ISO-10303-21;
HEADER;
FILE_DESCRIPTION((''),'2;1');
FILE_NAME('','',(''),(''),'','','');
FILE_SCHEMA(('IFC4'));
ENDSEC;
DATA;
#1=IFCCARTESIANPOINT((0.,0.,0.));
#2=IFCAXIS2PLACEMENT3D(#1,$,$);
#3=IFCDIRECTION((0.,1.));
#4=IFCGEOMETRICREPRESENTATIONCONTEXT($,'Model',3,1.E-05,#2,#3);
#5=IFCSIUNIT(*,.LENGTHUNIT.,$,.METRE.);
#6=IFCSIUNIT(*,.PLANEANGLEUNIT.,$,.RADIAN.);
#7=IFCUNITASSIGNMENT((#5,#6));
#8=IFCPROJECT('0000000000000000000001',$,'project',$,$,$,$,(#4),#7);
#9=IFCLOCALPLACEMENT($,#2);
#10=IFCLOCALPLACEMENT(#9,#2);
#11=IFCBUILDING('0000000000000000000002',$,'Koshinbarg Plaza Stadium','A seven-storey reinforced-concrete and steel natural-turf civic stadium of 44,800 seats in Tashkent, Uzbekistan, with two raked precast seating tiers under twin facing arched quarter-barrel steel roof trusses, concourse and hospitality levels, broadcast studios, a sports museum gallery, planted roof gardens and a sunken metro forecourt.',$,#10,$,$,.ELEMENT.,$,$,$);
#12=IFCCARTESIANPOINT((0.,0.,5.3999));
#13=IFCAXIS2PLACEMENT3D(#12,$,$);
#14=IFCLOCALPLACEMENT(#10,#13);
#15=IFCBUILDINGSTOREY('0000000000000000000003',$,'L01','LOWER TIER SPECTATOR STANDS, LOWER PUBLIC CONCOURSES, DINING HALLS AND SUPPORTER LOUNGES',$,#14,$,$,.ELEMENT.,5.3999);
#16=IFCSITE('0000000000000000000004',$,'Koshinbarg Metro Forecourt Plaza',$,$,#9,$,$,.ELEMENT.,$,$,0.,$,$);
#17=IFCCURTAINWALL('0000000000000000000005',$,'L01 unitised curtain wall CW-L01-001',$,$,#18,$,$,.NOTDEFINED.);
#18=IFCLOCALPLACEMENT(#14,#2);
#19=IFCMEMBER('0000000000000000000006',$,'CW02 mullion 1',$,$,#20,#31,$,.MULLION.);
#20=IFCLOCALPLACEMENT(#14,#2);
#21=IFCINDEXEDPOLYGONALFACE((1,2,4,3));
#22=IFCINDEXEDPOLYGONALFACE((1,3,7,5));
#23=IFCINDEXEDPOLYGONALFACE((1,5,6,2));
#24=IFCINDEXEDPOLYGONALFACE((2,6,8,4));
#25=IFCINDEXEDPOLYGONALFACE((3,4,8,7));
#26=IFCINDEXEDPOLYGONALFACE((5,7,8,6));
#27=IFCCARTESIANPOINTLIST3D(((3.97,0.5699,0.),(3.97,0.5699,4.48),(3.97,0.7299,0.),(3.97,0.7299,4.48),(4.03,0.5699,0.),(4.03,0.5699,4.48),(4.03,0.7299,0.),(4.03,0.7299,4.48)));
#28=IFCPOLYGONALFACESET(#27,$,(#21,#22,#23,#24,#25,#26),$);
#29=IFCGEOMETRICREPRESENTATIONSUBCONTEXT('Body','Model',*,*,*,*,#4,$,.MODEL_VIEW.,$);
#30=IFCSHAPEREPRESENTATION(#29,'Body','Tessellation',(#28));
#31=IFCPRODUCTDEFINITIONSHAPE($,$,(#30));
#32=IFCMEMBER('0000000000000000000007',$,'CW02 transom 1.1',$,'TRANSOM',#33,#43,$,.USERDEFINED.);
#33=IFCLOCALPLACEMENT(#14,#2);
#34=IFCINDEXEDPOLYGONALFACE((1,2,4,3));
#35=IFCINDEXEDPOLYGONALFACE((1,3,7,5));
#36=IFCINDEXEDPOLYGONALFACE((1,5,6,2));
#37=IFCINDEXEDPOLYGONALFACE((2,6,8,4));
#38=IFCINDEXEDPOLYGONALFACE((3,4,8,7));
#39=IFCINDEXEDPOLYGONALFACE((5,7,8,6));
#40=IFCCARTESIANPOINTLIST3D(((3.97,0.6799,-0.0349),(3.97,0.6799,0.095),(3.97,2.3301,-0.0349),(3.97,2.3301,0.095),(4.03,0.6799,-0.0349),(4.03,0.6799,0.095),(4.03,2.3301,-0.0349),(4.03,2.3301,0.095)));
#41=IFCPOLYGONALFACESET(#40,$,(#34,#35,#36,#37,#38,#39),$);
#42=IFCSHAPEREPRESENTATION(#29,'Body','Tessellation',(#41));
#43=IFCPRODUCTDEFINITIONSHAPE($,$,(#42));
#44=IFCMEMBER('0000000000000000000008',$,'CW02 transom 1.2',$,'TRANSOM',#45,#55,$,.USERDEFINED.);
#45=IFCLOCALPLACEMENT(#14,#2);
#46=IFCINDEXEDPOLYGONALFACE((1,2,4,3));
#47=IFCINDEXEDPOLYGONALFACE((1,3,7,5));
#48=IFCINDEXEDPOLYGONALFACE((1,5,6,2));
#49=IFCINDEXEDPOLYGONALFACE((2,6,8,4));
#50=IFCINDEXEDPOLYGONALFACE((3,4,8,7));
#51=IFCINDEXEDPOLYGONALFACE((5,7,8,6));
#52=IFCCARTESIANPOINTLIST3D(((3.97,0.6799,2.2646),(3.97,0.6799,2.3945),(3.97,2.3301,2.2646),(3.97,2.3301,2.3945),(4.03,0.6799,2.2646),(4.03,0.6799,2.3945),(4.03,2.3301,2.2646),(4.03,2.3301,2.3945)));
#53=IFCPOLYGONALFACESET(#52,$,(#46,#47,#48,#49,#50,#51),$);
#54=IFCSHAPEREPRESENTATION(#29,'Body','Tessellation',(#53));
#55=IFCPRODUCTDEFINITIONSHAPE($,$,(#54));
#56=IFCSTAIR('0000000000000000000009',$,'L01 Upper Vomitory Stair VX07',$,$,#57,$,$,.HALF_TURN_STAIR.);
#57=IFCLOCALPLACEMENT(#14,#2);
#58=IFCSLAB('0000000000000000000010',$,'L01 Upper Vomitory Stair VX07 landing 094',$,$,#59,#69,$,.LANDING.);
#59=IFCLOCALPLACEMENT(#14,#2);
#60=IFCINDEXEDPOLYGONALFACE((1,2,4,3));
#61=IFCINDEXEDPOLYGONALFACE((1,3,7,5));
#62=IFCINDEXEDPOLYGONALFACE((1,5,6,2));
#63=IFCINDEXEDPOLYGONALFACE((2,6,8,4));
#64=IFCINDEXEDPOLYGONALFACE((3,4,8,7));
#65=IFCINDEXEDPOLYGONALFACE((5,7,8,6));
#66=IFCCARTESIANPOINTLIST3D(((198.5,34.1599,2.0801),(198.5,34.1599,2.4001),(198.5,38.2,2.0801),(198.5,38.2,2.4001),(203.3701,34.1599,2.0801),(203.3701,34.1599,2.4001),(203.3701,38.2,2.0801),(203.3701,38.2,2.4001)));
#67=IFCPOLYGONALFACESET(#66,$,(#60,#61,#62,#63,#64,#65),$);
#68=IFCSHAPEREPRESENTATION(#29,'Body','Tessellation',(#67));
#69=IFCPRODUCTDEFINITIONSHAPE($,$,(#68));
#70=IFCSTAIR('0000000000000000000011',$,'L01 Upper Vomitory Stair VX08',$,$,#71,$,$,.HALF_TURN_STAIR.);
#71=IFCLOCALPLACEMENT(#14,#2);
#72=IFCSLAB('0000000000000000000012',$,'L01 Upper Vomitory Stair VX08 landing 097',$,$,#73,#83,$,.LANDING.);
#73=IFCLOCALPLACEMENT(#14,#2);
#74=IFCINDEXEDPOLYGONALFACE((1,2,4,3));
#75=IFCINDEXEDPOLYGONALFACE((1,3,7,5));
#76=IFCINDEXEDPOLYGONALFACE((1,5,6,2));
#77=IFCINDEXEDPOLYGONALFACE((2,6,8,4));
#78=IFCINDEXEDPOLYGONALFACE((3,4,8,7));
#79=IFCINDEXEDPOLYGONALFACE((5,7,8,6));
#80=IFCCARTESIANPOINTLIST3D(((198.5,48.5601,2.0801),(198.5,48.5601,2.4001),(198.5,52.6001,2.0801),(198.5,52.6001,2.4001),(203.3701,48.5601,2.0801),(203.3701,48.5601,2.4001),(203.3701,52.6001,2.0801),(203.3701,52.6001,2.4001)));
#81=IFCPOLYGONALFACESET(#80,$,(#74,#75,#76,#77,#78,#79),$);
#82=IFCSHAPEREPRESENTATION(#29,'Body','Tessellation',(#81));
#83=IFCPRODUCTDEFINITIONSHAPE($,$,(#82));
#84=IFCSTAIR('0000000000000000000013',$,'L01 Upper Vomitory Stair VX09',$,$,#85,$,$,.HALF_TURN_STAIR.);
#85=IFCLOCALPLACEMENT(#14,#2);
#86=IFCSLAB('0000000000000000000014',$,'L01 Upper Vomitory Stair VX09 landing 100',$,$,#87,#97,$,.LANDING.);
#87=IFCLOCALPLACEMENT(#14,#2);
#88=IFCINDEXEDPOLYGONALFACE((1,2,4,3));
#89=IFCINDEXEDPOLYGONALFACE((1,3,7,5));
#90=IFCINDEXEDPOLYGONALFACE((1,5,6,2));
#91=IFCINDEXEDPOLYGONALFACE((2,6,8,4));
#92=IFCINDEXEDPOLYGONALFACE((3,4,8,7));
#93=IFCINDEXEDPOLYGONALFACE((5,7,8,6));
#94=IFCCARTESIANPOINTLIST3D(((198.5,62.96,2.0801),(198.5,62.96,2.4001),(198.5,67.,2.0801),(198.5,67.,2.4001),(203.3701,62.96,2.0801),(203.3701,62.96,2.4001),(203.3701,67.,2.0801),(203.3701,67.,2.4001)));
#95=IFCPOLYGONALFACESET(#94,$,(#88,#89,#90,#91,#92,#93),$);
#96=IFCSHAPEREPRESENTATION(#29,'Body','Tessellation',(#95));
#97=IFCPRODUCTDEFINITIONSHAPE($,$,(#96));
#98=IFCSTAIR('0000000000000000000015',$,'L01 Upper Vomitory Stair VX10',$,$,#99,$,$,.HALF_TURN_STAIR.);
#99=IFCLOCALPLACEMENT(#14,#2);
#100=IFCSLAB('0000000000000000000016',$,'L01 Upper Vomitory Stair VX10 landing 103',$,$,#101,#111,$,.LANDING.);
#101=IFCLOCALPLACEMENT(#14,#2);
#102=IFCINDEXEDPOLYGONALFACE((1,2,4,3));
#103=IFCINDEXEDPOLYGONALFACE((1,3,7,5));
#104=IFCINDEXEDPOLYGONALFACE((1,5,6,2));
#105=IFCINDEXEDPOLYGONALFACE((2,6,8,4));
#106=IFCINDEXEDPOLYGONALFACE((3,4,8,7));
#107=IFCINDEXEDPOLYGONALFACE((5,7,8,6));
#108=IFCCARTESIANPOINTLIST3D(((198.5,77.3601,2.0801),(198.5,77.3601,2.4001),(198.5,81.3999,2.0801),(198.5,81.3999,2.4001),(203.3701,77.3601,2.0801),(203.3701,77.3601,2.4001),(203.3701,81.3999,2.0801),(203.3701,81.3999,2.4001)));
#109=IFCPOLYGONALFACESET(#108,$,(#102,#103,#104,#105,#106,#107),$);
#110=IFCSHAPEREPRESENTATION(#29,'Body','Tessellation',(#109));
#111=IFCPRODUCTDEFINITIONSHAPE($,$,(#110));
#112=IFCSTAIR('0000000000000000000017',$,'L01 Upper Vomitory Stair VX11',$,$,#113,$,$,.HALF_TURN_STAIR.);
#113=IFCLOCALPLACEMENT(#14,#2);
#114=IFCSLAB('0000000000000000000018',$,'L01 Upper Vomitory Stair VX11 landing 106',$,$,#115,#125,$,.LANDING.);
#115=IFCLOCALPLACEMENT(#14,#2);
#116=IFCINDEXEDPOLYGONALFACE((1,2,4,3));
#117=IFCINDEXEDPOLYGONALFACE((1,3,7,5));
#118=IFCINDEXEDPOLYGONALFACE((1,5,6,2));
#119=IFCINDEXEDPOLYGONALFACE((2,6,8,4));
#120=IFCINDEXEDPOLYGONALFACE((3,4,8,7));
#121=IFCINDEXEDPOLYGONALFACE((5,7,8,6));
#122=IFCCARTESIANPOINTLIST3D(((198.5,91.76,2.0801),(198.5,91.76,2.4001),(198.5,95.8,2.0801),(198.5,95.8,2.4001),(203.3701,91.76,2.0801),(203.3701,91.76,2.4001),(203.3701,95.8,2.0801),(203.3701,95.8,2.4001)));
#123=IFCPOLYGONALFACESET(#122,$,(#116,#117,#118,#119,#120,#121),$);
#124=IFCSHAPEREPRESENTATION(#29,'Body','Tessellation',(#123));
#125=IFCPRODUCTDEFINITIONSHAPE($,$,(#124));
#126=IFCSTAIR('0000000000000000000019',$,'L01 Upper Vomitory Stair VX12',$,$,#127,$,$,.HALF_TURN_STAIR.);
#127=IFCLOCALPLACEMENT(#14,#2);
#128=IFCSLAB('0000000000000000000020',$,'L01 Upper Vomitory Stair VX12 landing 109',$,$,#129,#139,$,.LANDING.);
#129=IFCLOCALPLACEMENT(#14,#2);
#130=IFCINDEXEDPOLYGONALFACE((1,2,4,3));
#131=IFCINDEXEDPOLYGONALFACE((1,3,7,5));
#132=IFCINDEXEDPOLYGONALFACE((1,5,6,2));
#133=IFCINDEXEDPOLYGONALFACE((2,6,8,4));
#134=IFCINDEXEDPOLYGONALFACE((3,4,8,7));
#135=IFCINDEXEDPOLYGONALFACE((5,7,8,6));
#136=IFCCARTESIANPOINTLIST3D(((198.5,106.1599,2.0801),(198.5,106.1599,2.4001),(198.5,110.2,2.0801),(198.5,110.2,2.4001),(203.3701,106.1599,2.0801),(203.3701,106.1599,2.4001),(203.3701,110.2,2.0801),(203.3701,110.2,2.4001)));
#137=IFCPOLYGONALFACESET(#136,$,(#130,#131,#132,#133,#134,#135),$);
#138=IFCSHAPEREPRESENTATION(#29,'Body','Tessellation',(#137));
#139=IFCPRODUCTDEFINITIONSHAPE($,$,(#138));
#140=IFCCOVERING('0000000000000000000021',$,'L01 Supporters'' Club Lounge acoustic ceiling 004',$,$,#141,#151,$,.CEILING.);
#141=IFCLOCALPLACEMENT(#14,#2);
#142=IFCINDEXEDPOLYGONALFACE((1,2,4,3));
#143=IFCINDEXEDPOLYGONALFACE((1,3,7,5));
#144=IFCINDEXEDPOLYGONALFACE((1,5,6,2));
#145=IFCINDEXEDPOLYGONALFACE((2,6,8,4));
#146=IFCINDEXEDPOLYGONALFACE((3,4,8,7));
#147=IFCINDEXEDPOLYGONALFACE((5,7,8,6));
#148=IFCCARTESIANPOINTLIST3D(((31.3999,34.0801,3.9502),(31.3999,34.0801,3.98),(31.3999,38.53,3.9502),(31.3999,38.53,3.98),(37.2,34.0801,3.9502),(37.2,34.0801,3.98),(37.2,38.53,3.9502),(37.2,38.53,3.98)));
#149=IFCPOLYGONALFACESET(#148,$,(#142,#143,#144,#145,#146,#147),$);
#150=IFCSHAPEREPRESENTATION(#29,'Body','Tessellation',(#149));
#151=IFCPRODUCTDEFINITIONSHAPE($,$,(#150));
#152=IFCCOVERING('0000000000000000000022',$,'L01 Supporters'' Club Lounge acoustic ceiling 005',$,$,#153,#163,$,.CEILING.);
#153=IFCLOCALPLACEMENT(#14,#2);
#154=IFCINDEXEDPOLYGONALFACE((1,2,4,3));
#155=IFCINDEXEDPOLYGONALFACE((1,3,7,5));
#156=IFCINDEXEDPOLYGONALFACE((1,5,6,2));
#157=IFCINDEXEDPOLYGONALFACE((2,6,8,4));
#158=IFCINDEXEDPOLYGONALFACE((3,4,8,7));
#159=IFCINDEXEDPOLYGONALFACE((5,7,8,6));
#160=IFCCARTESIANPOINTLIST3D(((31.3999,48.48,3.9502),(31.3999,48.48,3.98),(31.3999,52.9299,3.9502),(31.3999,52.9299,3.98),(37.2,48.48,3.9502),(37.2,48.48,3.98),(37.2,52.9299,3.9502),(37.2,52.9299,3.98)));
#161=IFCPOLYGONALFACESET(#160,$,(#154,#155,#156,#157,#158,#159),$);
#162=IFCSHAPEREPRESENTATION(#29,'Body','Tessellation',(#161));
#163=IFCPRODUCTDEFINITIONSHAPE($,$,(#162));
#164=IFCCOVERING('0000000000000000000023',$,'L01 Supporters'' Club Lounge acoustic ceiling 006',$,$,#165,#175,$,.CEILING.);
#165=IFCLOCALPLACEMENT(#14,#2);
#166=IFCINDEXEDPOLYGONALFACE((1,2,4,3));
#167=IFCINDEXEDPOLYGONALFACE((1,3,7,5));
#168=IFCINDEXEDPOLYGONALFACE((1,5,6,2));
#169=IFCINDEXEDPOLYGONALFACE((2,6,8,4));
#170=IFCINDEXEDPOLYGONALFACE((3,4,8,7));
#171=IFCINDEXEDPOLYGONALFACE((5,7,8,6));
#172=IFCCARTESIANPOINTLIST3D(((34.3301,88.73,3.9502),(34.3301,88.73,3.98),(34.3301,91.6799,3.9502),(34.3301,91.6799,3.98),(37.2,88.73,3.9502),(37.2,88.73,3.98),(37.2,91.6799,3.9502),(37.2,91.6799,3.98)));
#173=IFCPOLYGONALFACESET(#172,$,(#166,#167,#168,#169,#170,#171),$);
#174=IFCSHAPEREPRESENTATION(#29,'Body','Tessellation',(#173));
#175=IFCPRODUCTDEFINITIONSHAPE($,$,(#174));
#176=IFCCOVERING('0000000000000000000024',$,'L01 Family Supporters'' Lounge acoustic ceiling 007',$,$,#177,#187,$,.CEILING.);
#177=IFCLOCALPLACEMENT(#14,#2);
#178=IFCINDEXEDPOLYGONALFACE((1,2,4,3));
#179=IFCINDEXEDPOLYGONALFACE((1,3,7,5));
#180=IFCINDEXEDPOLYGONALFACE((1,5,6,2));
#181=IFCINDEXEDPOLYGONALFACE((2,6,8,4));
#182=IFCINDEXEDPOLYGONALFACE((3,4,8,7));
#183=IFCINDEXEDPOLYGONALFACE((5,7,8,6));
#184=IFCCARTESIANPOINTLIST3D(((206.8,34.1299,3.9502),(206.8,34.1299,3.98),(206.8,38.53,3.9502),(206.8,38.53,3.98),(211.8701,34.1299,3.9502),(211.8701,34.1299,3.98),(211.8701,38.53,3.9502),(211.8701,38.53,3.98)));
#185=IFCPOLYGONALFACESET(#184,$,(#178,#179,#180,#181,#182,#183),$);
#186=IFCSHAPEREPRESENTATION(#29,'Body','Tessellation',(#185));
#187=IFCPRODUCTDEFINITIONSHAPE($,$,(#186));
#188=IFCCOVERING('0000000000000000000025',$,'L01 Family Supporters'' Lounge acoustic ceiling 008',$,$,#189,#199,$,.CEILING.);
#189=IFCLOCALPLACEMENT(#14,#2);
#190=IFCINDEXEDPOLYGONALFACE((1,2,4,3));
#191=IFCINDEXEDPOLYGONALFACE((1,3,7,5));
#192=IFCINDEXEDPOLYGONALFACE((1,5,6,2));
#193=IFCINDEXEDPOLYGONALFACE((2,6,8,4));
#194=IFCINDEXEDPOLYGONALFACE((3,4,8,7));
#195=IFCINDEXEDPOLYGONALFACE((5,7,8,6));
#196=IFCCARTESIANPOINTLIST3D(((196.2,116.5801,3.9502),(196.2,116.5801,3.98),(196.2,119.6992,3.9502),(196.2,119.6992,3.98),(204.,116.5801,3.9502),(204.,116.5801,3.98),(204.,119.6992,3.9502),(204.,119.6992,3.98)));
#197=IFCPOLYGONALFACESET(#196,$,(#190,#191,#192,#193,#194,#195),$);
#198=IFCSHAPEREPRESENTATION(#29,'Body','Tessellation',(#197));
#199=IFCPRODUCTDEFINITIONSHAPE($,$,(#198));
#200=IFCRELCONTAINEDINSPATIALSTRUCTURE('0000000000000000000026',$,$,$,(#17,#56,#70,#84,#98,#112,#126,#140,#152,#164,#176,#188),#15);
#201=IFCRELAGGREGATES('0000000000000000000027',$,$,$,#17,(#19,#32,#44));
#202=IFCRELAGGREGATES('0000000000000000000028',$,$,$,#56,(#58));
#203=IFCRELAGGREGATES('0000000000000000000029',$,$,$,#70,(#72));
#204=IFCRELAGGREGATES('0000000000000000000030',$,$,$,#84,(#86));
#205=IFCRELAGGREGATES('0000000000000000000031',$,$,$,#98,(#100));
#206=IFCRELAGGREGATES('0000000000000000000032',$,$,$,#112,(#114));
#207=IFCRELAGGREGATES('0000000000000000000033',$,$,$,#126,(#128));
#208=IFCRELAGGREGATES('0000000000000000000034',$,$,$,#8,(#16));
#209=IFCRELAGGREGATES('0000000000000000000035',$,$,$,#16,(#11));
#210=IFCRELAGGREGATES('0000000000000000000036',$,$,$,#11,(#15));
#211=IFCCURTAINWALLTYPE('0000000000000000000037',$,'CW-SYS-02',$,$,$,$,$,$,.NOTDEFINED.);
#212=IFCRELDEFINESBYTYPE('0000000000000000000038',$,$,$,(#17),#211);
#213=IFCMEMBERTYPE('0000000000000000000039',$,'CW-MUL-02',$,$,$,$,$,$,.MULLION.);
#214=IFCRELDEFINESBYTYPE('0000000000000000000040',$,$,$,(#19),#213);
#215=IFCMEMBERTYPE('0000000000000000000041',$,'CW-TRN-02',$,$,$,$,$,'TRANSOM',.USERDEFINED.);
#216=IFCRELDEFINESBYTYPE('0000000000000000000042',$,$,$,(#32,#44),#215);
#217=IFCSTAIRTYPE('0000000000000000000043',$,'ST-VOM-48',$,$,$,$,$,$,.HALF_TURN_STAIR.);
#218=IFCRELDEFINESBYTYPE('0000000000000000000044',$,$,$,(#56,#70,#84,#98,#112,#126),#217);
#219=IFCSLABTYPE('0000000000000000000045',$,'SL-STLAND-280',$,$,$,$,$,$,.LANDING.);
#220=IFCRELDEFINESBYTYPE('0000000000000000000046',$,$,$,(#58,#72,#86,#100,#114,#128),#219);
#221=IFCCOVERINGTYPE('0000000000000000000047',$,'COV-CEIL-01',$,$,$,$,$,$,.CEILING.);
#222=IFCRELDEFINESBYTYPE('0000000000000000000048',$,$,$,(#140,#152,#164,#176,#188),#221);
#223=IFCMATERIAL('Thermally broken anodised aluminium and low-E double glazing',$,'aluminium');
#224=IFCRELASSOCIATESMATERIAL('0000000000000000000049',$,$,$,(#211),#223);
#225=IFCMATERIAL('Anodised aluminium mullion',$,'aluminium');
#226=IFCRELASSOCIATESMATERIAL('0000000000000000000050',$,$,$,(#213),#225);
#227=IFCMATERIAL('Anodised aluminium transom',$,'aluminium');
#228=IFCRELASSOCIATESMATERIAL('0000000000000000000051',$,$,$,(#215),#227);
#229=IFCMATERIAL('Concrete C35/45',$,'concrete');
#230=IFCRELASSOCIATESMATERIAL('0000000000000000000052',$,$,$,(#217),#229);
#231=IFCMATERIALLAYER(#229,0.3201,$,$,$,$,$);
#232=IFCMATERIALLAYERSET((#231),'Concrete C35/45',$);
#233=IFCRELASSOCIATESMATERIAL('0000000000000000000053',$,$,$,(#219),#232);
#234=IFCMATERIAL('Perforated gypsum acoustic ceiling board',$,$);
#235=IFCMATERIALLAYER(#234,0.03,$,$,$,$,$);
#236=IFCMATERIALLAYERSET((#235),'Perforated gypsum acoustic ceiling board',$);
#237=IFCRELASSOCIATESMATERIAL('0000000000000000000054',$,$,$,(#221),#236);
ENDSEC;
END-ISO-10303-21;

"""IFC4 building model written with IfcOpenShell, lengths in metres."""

from ifc_helpers import new_model, si_unit, direction, frame, origin, origin_2d, place, context, subcontext, project, spatial, polyline, rectangle, outline, extrude, material, layer, layer_set, material_profile, profile_set, type_object, element, aggregate, save


model = new_model("IFC4")

# Units and contexts
model_context = context("Model", 3, precision=1e-05, world=origin(), true_north=direction((0.0, 1.0)))
body_context = subcontext(model_context, "Body", "Model", "MODEL_VIEW")
ifc_project = project(units=[si_unit("LENGTHUNIT", "METRE"), si_unit("PLANEANGLEUNIT", "RADIAN")], contexts=[model_context])

# Site, building, storey
site_placement = place(None, origin())
site = spatial("IfcSite", under=ifc_project, at=site_placement, Name="Koshinbarg Metro Forecourt Plaza", CompositionType="ELEMENT", RefElevation=0.0)
building_placement = place(site_placement, origin())
building = spatial("IfcBuilding", under=site, at=building_placement, Name="Koshinbarg Plaza Stadium", Description="A seven-storey reinforced-concrete and steel natural-turf civic stadium of 44,800 seats in Tashkent, Uzbekistan, with two raked precast seating tiers under twin facing arched quarter-barrel steel roof trusses, concourse and hospitality levels, broadcast studios, a sports museum gallery, planted roof gardens and a sunken metro forecourt.", CompositionType="ELEMENT")
storey_placement = place(building_placement, frame((0.0, 0.0, 5.3999)))
storey = spatial("IfcBuildingStorey", under=building, at=storey_placement, Name="L01", Description="LOWER TIER SPECTATOR STANDS, LOWER PUBLIC CONCOURSES, DINING HALLS AND SUPPORTER LOUNGES", CompositionType="ELEMENT", Elevation=5.3999)

# Curtain wall, members
ifc_material_1 = material(Name="Thermally broken anodised aluminium and low-E double glazing", Category="aluminium")
curtain_wall_type = type_object("IfcCurtainWallType", Name="CW-SYS-02", PredefinedType="NOTDEFINED", material=ifc_material_1)
curtain_wall_placement = place(storey_placement, origin())
curtain_wall = element("IfcCurtainWall", 1, at=curtain_wall_placement, inside=storey, type_object=curtain_wall_type, Name="L01 unitised curtain wall CW-L01-001", PredefinedType="NOTDEFINED")
ifc_material_2 = material(Name="Anodised aluminium mullion", Category="aluminium")
ifc_material_profile_1 = material_profile(ifc_material_2, rectangle(XDim=0.0601, YDim=0.1599, at=origin_2d()), Name="ALU 60x160")
ifc_profile_set_1 = profile_set([ifc_material_profile_1], Name="Anodised aluminium mullion")
member_type_1 = type_object("IfcMemberType", Name="CW-MUL-02", PredefinedType="MULLION", material=ifc_profile_set_1)
member_1_placement = place(storey_placement, frame((4.0, 0.6499, 0.0), z_axis=(0.0, 0.0, 1.0), x_axis=(-1.0, 0.0, 0.0)))
member_1 = element("IfcMember", 2, at=member_1_placement, type_object=member_type_1, Name="CW02 mullion 1", PredefinedType="MULLION", context=body_context, shape_type="SweptSolid", body=[
    extrude(rectangle(XDim=0.0601, YDim=0.1599, at=origin_2d()), origin(), (0.0, 0.0, 1.0), 4.48),
])
ifc_material_3 = material(Name="Anodised aluminium transom", Category="aluminium")
ifc_material_profile_2 = material_profile(ifc_material_3, rectangle(XDim=0.0601, YDim=0.1299, at=origin_2d()), Name="ALU 60x130")
ifc_profile_set_2 = profile_set([ifc_material_profile_2], Name="Anodised aluminium transom")
member_type_2 = type_object("IfcMemberType", Name="CW-TRN-02", ElementType="TRANSOM", PredefinedType="USERDEFINED", material=ifc_profile_set_2)
member_2_placement = place(storey_placement, frame((4.0, 0.6799, 0.03), z_axis=(0.0, 1.0, 0.0), x_axis=(-1.0, 0.0, 0.0)))
member_2 = element("IfcMember", 3, at=member_2_placement, type_object=member_type_2, Name="CW02 transom 1.1", ObjectType="TRANSOM", PredefinedType="USERDEFINED", context=body_context, shape_type="SweptSolid", body=[
    extrude(rectangle(XDim=0.0601, YDim=0.1299, at=origin_2d()), origin(), (0.0, 0.0, 1.0), 1.6501),
])
member_3_placement = place(storey_placement, frame((4.0, 0.6799, 2.3296), z_axis=(0.0, 1.0, 0.0), x_axis=(-1.0, 0.0, 0.0)))
member_3 = element("IfcMember", 4, at=member_3_placement, type_object=member_type_2, Name="CW02 transom 1.2", ObjectType="TRANSOM", PredefinedType="USERDEFINED", context=body_context, shape_type="SweptSolid", body=[
    extrude(rectangle(XDim=0.0601, YDim=0.1299, at=origin_2d()), origin(), (0.0, 0.0, 1.0), 1.6501),
])
aggregate(curtain_wall, [member_1, member_2, member_3])

# Stairs, slabs
ifc_material_4 = material(Name="Concrete C35/45", Category="concrete")
stair_type = type_object("IfcStairType", Name="ST-VOM-48", PredefinedType="HALF_TURN_STAIR", material=ifc_material_4)
stair_1_placement = place(storey_placement, origin())
stair_1 = element("IfcStair", 5, at=stair_1_placement, inside=storey, type_object=stair_type, Name="L01 Upper Vomitory Stair VX07", PredefinedType="HALF_TURN_STAIR")
ifc_layer_1 = layer(ifc_material_4, 0.3201)
ifc_layer_set_1 = layer_set([ifc_layer_1], Name="Concrete C35/45")
slab_type = type_object("IfcSlabType", Name="SL-STLAND-280", PredefinedType="LANDING", material=ifc_layer_set_1)
slab_1_placement = place(storey_placement, frame((0.0, 0.0, 2.0801)))
slab_1 = element("IfcSlab", 6, at=slab_1_placement, type_object=slab_type, Name="L01 Upper Vomitory Stair VX07 landing 094", PredefinedType="LANDING", context=body_context, shape_type="SweptSolid", body=[
    extrude(outline(polyline([(203.3701, 34.1599), (203.3701, 38.2), (198.5, 38.2), (198.5, 34.1599), (203.3701, 34.1599)])), origin(), (0.0, 0.0, 1.0), 0.3201),
])
aggregate(stair_1, [slab_1])
stair_2_placement = place(storey_placement, origin())
stair_2 = element("IfcStair", 7, at=stair_2_placement, inside=storey, type_object=stair_type, Name="L01 Upper Vomitory Stair VX08", PredefinedType="HALF_TURN_STAIR")
slab_2_placement = place(storey_placement, frame((0.0, 0.0, 2.0801)))
slab_2 = element("IfcSlab", 8, at=slab_2_placement, type_object=slab_type, Name="L01 Upper Vomitory Stair VX08 landing 097", PredefinedType="LANDING", context=body_context, shape_type="SweptSolid", body=[
    extrude(outline(polyline([(203.3701, 48.5601), (203.3701, 52.6001), (198.5, 52.6001), (198.5, 48.5601), (203.3701, 48.5601)])), origin(), (0.0, 0.0, 1.0), 0.3201),
])
aggregate(stair_2, [slab_2])
stair_3_placement = place(storey_placement, origin())
stair_3 = element("IfcStair", 9, at=stair_3_placement, inside=storey, type_object=stair_type, Name="L01 Upper Vomitory Stair VX09", PredefinedType="HALF_TURN_STAIR")
slab_3_placement = place(storey_placement, frame((0.0, 0.0, 2.0801)))
slab_3 = element("IfcSlab", 10, at=slab_3_placement, type_object=slab_type, Name="L01 Upper Vomitory Stair VX09 landing 100", PredefinedType="LANDING", context=body_context, shape_type="SweptSolid", body=[
    extrude(outline(polyline([(203.3701, 62.96), (203.3701, 67.0), (198.5, 67.0), (198.5, 62.96), (203.3701, 62.96)])), origin(), (0.0, 0.0, 1.0), 0.3201),
])
aggregate(stair_3, [slab_3])
stair_4_placement = place(storey_placement, origin())
stair_4 = element("IfcStair", 11, at=stair_4_placement, inside=storey, type_object=stair_type, Name="L01 Upper Vomitory Stair VX10", PredefinedType="HALF_TURN_STAIR")
slab_4_placement = place(storey_placement, frame((0.0, 0.0, 2.0801)))
slab_4 = element("IfcSlab", 12, at=slab_4_placement, type_object=slab_type, Name="L01 Upper Vomitory Stair VX10 landing 103", PredefinedType="LANDING", context=body_context, shape_type="SweptSolid", body=[
    extrude(outline(polyline([(203.3701, 77.3601), (203.3701, 81.3999), (198.5, 81.3999), (198.5, 77.3601), (203.3701, 77.3601)])), origin(), (0.0, 0.0, 1.0), 0.3201),
])
aggregate(stair_4, [slab_4])
stair_5_placement = place(storey_placement, origin())
stair_5 = element("IfcStair", 13, at=stair_5_placement, inside=storey, type_object=stair_type, Name="L01 Upper Vomitory Stair VX11", PredefinedType="HALF_TURN_STAIR")
slab_5_placement = place(storey_placement, frame((0.0, 0.0, 2.0801)))
slab_5 = element("IfcSlab", 14, at=slab_5_placement, type_object=slab_type, Name="L01 Upper Vomitory Stair VX11 landing 106", PredefinedType="LANDING", context=body_context, shape_type="SweptSolid", body=[
    extrude(outline(polyline([(203.3701, 91.76), (203.3701, 95.8), (198.5, 95.8), (198.5, 91.76), (203.3701, 91.76)])), origin(), (0.0, 0.0, 1.0), 0.3201),
])
aggregate(stair_5, [slab_5])
stair_6_placement = place(storey_placement, origin())
stair_6 = element("IfcStair", 15, at=stair_6_placement, inside=storey, type_object=stair_type, Name="L01 Upper Vomitory Stair VX12", PredefinedType="HALF_TURN_STAIR")
slab_6_placement = place(storey_placement, frame((0.0, 0.0, 2.0801)))
slab_6 = element("IfcSlab", 16, at=slab_6_placement, type_object=slab_type, Name="L01 Upper Vomitory Stair VX12 landing 109", PredefinedType="LANDING", context=body_context, shape_type="SweptSolid", body=[
    extrude(outline(polyline([(203.3701, 106.1599), (203.3701, 110.2), (198.5, 110.2), (198.5, 106.1599), (203.3701, 106.1599)])), origin(), (0.0, 0.0, 1.0), 0.3201),
])
aggregate(stair_6, [slab_6])

# Coverings
ifc_material_5 = material(Name="Perforated gypsum acoustic ceiling board")
ifc_layer_2 = layer(ifc_material_5, 0.03)
ifc_layer_set_2 = layer_set([ifc_layer_2], Name="Perforated gypsum acoustic ceiling board")
covering_type = type_object("IfcCoveringType", Name="COV-CEIL-01", PredefinedType="CEILING", material=ifc_layer_set_2)
covering_1_placement = place(storey_placement, frame((0.0, 0.0, 3.9502)))
element("IfcCovering", 17, at=covering_1_placement, inside=storey, type_object=covering_type, Name="L01 Supporters' Club Lounge acoustic ceiling 004", PredefinedType="CEILING", context=body_context, shape_type="SweptSolid", body=[
    extrude(outline(polyline([(31.3999, 34.0801), (37.2, 34.0801), (37.2, 38.53), (31.3999, 38.53), (31.3999, 34.0801)])), origin(), (0.0, 0.0, 1.0), 0.0298),
])
covering_2_placement = place(storey_placement, frame((0.0, 0.0, 3.9502)))
element("IfcCovering", 18, at=covering_2_placement, inside=storey, type_object=covering_type, Name="L01 Supporters' Club Lounge acoustic ceiling 005", PredefinedType="CEILING", context=body_context, shape_type="SweptSolid", body=[
    extrude(outline(polyline([(31.3999, 48.48), (37.2, 48.48), (37.2, 52.9299), (31.3999, 52.9299), (31.3999, 48.48)])), origin(), (0.0, 0.0, 1.0), 0.0298),
])
covering_3_placement = place(storey_placement, frame((0.0, 0.0, 3.9502)))
element("IfcCovering", 19, at=covering_3_placement, inside=storey, type_object=covering_type, Name="L01 Supporters' Club Lounge acoustic ceiling 006", PredefinedType="CEILING", context=body_context, shape_type="SweptSolid", body=[
    extrude(outline(polyline([(34.3301, 88.73), (37.2, 88.73), (37.2, 91.6799), (34.3301, 91.6799), (34.3301, 88.73)])), origin(), (0.0, 0.0, 1.0), 0.0298),
])
covering_4_placement = place(storey_placement, frame((0.0, 0.0, 3.9502)))
element("IfcCovering", 20, at=covering_4_placement, inside=storey, type_object=covering_type, Name="L01 Family Supporters' Lounge acoustic ceiling 007", PredefinedType="CEILING", context=body_context, shape_type="SweptSolid", body=[
    extrude(outline(polyline([(206.8, 34.1299), (211.8701, 34.1299), (211.8701, 38.53), (206.8, 38.53), (206.8, 34.1299)])), origin(), (0.0, 0.0, 1.0), 0.0298),
])
covering_5_placement = place(storey_placement, frame((0.0, 0.0, 3.9502)))
element("IfcCovering", 21, at=covering_5_placement, inside=storey, type_object=covering_type, Name="L01 Family Supporters' Lounge acoustic ceiling 008", PredefinedType="CEILING", context=body_context, shape_type="SweptSolid", body=[
    extrude(outline(polyline([(196.2, 116.5801), (204.0, 116.5801), (204.0, 119.6992), (196.2, 119.6992), (196.2, 116.5801)])), origin(), (0.0, 0.0, 1.0), 0.0298),
])

save(model, "model.ifc")
